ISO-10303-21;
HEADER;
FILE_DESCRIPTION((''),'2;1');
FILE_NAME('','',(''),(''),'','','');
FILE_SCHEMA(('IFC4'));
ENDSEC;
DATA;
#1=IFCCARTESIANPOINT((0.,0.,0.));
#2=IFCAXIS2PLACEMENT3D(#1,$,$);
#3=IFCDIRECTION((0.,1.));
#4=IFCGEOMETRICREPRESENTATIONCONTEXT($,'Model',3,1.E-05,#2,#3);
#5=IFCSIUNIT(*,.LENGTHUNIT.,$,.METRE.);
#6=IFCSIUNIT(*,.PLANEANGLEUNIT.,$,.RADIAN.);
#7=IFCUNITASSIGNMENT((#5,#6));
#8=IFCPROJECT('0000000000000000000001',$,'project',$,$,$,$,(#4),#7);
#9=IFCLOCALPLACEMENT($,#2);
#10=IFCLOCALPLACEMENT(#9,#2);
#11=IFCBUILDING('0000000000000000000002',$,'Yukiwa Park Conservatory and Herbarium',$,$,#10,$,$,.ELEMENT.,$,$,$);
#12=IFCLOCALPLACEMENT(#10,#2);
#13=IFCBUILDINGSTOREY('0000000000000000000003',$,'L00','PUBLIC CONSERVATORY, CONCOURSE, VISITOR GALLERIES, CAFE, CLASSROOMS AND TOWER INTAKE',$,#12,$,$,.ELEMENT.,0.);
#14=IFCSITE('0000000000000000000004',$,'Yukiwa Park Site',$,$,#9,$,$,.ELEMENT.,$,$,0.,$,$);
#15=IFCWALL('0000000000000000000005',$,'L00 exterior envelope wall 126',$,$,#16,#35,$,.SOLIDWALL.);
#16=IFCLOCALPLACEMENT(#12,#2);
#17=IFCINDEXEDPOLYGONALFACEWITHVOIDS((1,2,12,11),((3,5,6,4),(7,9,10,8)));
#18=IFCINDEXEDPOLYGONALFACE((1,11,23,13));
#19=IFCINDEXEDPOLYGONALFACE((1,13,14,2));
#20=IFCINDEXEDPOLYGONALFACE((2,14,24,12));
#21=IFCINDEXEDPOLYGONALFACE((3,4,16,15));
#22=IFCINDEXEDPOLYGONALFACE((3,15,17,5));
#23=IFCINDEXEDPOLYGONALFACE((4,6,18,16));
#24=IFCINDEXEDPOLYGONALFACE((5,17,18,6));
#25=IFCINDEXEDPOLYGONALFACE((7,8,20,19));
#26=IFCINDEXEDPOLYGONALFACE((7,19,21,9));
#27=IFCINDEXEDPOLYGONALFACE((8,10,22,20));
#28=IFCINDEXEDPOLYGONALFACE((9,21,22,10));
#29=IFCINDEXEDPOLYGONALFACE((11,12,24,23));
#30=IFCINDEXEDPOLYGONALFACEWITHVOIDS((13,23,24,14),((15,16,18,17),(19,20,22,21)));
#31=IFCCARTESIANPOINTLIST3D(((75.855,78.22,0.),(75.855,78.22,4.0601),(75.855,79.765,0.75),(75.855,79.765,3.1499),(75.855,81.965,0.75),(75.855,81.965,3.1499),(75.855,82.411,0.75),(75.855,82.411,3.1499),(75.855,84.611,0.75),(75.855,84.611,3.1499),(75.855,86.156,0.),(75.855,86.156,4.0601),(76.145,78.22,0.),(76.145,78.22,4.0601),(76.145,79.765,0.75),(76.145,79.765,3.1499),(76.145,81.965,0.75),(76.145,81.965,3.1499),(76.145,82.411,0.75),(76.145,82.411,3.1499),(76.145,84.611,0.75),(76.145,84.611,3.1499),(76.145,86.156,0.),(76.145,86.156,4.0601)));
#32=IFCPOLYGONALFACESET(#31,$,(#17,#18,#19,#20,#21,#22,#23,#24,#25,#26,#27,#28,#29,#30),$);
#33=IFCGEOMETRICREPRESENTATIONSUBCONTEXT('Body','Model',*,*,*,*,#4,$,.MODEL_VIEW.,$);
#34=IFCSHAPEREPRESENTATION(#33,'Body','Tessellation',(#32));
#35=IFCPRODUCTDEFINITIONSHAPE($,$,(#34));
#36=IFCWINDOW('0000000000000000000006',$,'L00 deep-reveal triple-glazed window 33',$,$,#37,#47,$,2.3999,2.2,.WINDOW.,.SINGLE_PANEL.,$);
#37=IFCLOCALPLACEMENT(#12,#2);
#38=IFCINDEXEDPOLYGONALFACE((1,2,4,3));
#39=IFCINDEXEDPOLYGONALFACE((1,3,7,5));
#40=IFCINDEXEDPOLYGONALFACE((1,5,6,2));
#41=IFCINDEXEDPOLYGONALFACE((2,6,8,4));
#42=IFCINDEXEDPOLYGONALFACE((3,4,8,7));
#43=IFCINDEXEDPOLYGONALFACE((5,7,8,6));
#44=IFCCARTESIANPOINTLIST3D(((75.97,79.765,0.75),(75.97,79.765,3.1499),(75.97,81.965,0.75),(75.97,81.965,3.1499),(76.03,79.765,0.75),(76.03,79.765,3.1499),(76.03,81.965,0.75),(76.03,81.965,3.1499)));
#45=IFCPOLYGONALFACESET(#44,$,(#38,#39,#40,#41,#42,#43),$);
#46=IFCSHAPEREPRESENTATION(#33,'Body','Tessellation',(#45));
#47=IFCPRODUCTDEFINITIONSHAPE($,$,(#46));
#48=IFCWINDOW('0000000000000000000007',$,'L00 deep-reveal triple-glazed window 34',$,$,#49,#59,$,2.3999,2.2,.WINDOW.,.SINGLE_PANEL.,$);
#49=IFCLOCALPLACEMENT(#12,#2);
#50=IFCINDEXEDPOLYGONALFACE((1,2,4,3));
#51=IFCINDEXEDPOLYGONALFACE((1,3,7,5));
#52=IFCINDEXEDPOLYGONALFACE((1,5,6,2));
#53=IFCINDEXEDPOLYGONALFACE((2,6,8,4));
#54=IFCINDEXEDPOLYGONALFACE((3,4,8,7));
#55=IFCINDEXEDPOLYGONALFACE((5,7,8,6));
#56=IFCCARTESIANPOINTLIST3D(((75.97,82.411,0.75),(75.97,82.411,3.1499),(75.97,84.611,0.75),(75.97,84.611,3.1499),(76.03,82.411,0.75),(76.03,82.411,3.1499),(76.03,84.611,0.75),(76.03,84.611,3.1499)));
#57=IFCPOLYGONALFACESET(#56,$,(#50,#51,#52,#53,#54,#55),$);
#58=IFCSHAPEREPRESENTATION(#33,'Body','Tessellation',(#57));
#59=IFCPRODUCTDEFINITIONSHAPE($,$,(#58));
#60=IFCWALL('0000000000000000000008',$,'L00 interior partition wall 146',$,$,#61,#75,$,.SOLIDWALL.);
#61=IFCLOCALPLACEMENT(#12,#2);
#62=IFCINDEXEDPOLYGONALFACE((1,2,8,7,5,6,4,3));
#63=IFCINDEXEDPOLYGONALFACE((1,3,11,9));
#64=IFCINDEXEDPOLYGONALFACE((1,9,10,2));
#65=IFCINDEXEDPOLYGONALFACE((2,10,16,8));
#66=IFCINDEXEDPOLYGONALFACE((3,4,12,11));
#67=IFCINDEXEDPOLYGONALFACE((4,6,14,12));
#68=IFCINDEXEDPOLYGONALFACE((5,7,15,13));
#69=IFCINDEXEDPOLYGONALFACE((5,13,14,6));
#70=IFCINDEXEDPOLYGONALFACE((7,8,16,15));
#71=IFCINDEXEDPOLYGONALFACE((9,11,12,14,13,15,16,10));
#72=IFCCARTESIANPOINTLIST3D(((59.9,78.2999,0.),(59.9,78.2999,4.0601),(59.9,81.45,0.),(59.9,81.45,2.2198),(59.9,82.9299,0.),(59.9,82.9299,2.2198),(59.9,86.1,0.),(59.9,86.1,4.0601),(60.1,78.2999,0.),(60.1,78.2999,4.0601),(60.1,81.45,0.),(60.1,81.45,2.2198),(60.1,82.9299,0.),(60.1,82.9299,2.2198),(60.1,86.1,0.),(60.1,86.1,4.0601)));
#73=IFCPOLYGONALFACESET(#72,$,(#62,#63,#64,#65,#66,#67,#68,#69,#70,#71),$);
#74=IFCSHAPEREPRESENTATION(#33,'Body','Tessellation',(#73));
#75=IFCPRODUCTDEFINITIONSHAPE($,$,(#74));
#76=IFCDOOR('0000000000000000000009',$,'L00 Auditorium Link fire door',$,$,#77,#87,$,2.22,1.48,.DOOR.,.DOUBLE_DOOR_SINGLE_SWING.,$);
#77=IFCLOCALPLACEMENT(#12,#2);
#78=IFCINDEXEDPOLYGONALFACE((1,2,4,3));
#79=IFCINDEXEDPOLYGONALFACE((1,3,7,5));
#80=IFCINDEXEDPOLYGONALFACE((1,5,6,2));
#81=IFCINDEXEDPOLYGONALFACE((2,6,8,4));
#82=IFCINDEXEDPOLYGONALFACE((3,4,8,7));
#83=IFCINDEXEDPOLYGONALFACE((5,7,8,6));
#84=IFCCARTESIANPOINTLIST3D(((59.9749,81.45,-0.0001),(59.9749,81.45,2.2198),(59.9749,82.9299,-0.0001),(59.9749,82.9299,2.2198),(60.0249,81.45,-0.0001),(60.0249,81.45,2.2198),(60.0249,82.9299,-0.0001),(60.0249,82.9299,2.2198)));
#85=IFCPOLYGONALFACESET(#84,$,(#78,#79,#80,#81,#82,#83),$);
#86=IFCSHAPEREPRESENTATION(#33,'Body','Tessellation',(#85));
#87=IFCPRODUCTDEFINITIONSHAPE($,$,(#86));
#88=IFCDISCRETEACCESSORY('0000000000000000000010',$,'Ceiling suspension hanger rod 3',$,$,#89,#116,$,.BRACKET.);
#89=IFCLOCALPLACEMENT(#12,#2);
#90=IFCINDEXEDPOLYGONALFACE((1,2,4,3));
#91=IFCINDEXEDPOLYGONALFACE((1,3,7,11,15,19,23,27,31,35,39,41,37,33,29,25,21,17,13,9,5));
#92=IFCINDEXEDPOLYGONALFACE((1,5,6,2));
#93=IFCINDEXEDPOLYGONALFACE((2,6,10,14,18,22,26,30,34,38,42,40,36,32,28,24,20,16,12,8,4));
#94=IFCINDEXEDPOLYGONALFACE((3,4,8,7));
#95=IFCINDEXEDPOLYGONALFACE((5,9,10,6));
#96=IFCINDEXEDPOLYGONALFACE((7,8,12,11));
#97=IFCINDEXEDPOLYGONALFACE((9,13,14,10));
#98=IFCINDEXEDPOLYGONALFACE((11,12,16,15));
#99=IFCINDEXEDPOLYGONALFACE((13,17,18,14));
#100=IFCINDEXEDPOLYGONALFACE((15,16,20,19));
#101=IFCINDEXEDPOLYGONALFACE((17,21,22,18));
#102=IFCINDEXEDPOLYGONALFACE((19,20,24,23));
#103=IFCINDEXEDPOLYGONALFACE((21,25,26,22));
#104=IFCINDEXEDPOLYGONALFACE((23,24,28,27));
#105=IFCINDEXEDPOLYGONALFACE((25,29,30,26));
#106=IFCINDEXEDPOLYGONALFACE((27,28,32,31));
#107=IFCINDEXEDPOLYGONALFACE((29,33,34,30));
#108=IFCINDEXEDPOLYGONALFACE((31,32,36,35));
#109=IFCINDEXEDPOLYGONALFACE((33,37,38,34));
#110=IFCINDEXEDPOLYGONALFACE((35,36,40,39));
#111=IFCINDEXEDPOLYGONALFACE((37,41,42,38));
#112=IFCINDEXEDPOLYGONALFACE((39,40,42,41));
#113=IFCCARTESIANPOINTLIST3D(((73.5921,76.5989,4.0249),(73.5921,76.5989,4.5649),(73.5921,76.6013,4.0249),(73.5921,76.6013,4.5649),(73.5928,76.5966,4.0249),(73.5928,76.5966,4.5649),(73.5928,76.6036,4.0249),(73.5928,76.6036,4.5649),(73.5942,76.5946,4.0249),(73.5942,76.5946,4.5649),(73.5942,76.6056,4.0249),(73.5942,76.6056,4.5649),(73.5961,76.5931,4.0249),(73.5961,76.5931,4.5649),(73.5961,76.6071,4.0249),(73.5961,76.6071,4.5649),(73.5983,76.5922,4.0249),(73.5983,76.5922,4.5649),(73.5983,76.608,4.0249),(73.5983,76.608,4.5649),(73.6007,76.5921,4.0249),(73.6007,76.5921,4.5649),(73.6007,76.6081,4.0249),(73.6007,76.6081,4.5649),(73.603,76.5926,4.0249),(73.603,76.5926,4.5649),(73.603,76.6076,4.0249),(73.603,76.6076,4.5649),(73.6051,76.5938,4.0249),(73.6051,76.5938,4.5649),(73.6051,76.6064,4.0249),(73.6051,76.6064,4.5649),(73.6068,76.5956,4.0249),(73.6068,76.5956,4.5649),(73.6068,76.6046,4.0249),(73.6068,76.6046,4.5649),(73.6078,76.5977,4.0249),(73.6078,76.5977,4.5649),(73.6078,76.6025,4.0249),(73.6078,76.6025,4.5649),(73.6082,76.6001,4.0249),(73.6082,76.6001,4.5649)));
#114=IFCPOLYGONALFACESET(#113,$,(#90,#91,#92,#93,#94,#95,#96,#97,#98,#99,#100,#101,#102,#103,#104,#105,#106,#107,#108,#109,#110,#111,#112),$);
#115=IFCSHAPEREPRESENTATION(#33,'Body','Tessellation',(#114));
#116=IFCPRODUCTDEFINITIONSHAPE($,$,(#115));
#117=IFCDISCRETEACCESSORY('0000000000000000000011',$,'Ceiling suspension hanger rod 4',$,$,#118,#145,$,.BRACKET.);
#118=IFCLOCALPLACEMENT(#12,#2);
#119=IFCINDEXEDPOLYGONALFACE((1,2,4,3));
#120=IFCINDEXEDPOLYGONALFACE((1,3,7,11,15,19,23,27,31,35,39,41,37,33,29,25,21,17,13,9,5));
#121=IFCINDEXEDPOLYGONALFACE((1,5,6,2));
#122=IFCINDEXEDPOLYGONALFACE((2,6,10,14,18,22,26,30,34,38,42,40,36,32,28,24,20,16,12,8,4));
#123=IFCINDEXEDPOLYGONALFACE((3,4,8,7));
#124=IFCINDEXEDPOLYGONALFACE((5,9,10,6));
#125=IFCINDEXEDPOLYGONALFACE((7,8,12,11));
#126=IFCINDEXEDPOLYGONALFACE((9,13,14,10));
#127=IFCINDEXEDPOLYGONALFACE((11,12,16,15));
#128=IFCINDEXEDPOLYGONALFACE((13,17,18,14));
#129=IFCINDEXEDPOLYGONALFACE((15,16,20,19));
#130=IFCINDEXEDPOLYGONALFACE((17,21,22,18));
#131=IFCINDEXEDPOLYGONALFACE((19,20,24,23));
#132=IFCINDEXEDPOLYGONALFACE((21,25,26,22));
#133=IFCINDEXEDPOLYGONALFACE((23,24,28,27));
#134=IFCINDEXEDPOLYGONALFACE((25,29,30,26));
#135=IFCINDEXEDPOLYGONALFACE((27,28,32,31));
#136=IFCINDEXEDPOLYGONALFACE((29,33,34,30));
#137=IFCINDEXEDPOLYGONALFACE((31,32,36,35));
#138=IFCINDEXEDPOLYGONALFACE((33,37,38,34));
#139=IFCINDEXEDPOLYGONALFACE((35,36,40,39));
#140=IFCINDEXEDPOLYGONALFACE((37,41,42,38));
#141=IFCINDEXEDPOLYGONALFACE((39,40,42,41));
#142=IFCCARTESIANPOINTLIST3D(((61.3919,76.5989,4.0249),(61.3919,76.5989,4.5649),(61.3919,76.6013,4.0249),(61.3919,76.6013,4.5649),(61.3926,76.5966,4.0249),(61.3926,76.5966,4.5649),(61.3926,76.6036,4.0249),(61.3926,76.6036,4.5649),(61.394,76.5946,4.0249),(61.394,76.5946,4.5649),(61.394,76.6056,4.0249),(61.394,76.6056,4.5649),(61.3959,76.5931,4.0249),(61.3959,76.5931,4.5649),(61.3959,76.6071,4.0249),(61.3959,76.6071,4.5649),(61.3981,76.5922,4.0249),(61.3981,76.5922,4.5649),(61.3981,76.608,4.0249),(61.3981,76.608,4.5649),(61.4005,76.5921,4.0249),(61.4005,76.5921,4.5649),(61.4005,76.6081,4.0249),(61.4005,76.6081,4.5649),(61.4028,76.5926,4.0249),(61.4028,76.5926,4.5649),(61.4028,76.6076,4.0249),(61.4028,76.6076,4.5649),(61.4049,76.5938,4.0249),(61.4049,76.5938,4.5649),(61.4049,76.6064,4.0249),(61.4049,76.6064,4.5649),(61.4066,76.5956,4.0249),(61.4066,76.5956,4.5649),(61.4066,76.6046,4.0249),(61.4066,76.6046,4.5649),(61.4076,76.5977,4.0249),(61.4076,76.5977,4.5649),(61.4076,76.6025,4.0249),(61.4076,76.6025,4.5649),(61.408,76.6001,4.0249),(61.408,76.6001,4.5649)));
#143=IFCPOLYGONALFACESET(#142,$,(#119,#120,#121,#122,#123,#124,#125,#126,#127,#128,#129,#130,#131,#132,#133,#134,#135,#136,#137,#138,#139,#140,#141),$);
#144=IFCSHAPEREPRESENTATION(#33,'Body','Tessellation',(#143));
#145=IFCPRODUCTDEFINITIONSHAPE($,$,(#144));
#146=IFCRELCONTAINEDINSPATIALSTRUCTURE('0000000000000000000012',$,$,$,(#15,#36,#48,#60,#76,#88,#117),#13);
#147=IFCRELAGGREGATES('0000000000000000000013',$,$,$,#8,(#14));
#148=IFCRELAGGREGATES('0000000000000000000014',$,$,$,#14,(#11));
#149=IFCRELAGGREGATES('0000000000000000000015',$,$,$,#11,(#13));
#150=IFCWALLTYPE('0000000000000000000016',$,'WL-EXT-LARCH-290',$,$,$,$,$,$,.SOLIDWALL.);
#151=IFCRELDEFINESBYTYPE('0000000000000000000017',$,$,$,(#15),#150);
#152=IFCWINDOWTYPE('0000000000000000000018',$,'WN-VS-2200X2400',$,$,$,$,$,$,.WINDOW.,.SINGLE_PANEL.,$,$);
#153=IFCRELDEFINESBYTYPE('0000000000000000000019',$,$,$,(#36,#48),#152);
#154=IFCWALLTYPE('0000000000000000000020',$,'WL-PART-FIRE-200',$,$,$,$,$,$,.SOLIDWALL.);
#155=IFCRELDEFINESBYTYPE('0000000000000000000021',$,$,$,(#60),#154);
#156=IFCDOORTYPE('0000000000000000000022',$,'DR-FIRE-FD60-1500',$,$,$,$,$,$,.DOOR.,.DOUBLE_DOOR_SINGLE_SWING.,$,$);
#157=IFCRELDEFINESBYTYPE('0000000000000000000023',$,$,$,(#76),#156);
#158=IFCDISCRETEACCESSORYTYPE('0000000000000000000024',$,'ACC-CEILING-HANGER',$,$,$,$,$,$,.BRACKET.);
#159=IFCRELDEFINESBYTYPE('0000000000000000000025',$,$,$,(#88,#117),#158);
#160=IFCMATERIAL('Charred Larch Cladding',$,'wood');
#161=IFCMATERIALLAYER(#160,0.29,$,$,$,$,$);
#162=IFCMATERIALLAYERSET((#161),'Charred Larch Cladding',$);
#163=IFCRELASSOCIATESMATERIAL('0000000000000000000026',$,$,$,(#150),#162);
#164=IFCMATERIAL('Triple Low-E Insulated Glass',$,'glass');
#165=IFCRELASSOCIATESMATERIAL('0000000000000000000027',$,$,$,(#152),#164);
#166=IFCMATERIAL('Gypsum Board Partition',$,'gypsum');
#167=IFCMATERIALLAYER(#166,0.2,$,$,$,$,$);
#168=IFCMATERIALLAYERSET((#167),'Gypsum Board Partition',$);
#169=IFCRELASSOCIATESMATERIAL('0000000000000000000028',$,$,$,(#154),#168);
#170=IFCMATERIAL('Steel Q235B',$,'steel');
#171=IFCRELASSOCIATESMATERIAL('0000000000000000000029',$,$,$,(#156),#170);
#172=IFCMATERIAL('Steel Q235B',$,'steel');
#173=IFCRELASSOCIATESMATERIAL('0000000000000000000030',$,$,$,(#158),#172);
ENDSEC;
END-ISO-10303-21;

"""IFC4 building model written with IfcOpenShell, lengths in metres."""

from ifc_helpers import new_model, si_unit, direction, frame, frame_2d, origin, origin_2d, place, context, subcontext, project, spatial, rectangle, circle, extrude, material, layer, layer_set, type_object, element, fill, save


model = new_model("IFC4")

# Units and contexts
model_context = context("Model", 3, precision=1e-05, world=origin(), true_north=direction((0.0, 1.0)))
body_context = subcontext(model_context, "Body", "Model", "MODEL_VIEW")
ifc_project = project(units=[si_unit("LENGTHUNIT", "METRE"), si_unit("PLANEANGLEUNIT", "RADIAN")], contexts=[model_context])

# Site, building, storey
site_placement = place(None, origin())
site = spatial("IfcSite", under=ifc_project, at=site_placement, Name="Yukiwa Park Site", CompositionType="ELEMENT", RefElevation=0.0)
building_placement = place(site_placement, origin())
building = spatial("IfcBuilding", under=site, at=building_placement, Name="Yukiwa Park Conservatory and Herbarium", CompositionType="ELEMENT")
storey_placement = place(building_placement, origin())
storey = spatial("IfcBuildingStorey", under=building, at=storey_placement, Name="L00", Description="PUBLIC CONSERVATORY, CONCOURSE, VISITOR GALLERIES, CAFE, CLASSROOMS AND TOWER INTAKE", CompositionType="ELEMENT", Elevation=0.0)

# Wall, openings, windows
ifc_material_1 = material(Name="Charred Larch Cladding", Category="wood")
ifc_layer_1 = layer(ifc_material_1, 0.29)
ifc_layer_set_1 = layer_set([ifc_layer_1], Name="Charred Larch Cladding")
wall_type_1 = type_object("IfcWallType", Name="WL-EXT-LARCH-290", PredefinedType="SOLIDWALL", material=ifc_layer_set_1)
wall_1_placement = place(storey_placement, frame((76.0, 78.22, 0.0), z_axis=(0.0, 0.0, 1.0), x_axis=(0.0, 1.0, 0.0)))
wall_1 = element("IfcWall", 1, at=wall_1_placement, inside=storey, type_object=wall_type_1, Name="L00 exterior envelope wall 126", PredefinedType="SOLIDWALL", context=body_context, shape_type="SweptSolid", body=[
    extrude(rectangle(XDim=7.936, YDim=0.29, at=frame_2d((3.968, 0.0))), origin(), (0.0, 0.0, 1.0), 4.0601),
])
opening_1_placement = place(wall_1_placement, frame((1.5449, 0.0, 0.75)))
opening_1 = element("IfcOpeningElement", 2, at=opening_1_placement, cuts=wall_1, PredefinedType="OPENING", context=body_context, shape_type="SweptSolid", body=[
    extrude(rectangle(XDim=2.2, YDim=2.3999, at=frame_2d((1.1001, 1.2))), frame((0.0, 0.155, 0.0), z_axis=(0.0, -1.0, 0.0), x_axis=(1.0, 0.0, 0.0)), (0.0, 0.0, 1.0), 0.3101),
])
opening_2_placement = place(wall_1_placement, frame((4.1909, 0.0, 0.75)))
opening_2 = element("IfcOpeningElement", 3, at=opening_2_placement, cuts=wall_1, PredefinedType="OPENING", context=body_context, shape_type="SweptSolid", body=[
    extrude(rectangle(XDim=2.2, YDim=2.3999, at=frame_2d((1.1001, 1.2))), frame((0.0, 0.155, 0.0), z_axis=(0.0, -1.0, 0.0), x_axis=(1.0, 0.0, 0.0)), (0.0, 0.0, 1.0), 0.3101),
])
ifc_material_2 = material(Name="Triple Low-E Insulated Glass", Category="glass")
window_type = type_object("IfcWindowType", Name="WN-VS-2200X2400", PartitioningType="SINGLE_PANEL", PredefinedType="WINDOW", material=ifc_material_2)
window_1_placement = place(opening_1_placement, origin())
window_1 = element("IfcWindow", 4, at=window_1_placement, inside=storey, type_object=window_type, Name="L00 deep-reveal triple-glazed window 33", OverallHeight=2.3999, OverallWidth=2.2, PartitioningType="SINGLE_PANEL", PredefinedType="WINDOW", context=body_context, shape_type="SweptSolid", body=[
    extrude(rectangle(XDim=2.2, YDim=2.3999, at=frame_2d((1.1001, 1.2))), frame((0.0, 0.03, 0.0), z_axis=(0.0, -1.0, 0.0), x_axis=(1.0, 0.0, 0.0)), (0.0, 0.0, 1.0), 0.0601),
])
fill(opening_1, window_1)
window_2_placement = place(opening_2_placement, origin())
window_2 = element("IfcWindow", 5, at=window_2_placement, inside=storey, type_object=window_type, Name="L00 deep-reveal triple-glazed window 34", OverallHeight=2.3999, OverallWidth=2.2, PartitioningType="SINGLE_PANEL", PredefinedType="WINDOW", context=body_context, shape_type="SweptSolid", body=[
    extrude(rectangle(XDim=2.2, YDim=2.3999, at=frame_2d((1.1001, 1.2))), frame((0.0, 0.03, 0.0), z_axis=(0.0, -1.0, 0.0), x_axis=(1.0, 0.0, 0.0)), (0.0, 0.0, 1.0), 0.0601),
])
fill(opening_2, window_2)

# Wall, opening, door
ifc_material_3 = material(Name="Gypsum Board Partition", Category="gypsum")
ifc_layer_2 = layer(ifc_material_3, 0.2)
ifc_layer_set_2 = layer_set([ifc_layer_2], Name="Gypsum Board Partition")
wall_type_2 = type_object("IfcWallType", Name="WL-PART-FIRE-200", PredefinedType="SOLIDWALL", material=ifc_layer_set_2)
wall_2_placement = place(storey_placement, frame((60.0, 78.3, 0.0), z_axis=(0.0, 0.0, 1.0), x_axis=(0.0, 1.0, 0.0)))
wall_2 = element("IfcWall", 6, at=wall_2_placement, inside=storey, type_object=wall_type_2, Name="L00 interior partition wall 146", PredefinedType="SOLIDWALL", context=body_context, shape_type="SweptSolid", body=[
    extrude(rectangle(XDim=7.8, YDim=0.2, at=frame_2d((3.8999, 0.0))), origin(), (0.0, 0.0, 1.0), 4.0601),
])
opening_3_placement = place(wall_2_placement, frame((3.1499, 0.0, 0.0)))
opening_3 = element("IfcOpeningElement", 7, at=opening_3_placement, cuts=wall_2, PredefinedType="OPENING", context=body_context, shape_type="SweptSolid", body=[
    extrude(rectangle(XDim=1.48, YDim=2.22, at=frame_2d((0.74, 1.1099))), frame((0.0, 0.1099, 0.0), z_axis=(0.0, -1.0, 0.0), x_axis=(1.0, 0.0, 0.0)), (0.0, 0.0, 1.0), 0.22),
])
ifc_material_4 = material(Name="Steel Q235B", Category="steel")
door_type = type_object("IfcDoorType", Name="DR-FIRE-FD60-1500", OperationType="DOUBLE_DOOR_SINGLE_SWING", PredefinedType="DOOR", material=ifc_material_4)
door_placement = place(opening_3_placement, frame((1.48, 0.0, 0.0), z_axis=(0.0, 0.0, 1.0), x_axis=(-1.0, 0.0, 0.0)))
door = element("IfcDoor", 8, at=door_placement, inside=storey, type_object=door_type, Name="L00 Auditorium Link fire door", OperationType="DOUBLE_DOOR_SINGLE_SWING", OverallHeight=2.22, OverallWidth=1.48, PredefinedType="DOOR", context=body_context, shape_type="SweptSolid", body=[
    extrude(rectangle(XDim=1.48, YDim=2.22, at=frame_2d((0.74, 1.1099))), frame((0.0, 0.0249, 0.0), z_axis=(0.0, -1.0, 0.0), x_axis=(1.0, 0.0, 0.0)), (0.0, 0.0, 1.0), 0.05),
])
fill(opening_3, door)

# Discrete accessories
ifc_material_5 = material(Name="Steel Q235B", Category="steel")
discrete_accessory_type = type_object("IfcDiscreteAccessoryType", Name="ACC-CEILING-HANGER", PredefinedType="BRACKET", material=ifc_material_5)
for number, where, z_axis, x_axis, name in (
    (9, (73.6001, 76.6001, 4.0249), (0.0, 0.0, 1.0), (1.0, 0.0, 0.0), "Ceiling suspension hanger rod 3"),
    (10, (61.3999, 76.6001, 4.0249), (0.0, 0.0, 1.0), (1.0, 0.0, 0.0), "Ceiling suspension hanger rod 4"),
):
    element("IfcDiscreteAccessory", number, at=place(storey_placement, frame(where, z_axis=z_axis, x_axis=x_axis)), inside=storey, type_object=discrete_accessory_type, Name=name, PredefinedType="BRACKET", context=body_context, shape_type="SweptSolid", body=[
        extrude(circle(Radius=0.0081, at=origin_2d()), origin(), (0.0, 0.0, 1.0), 0.54),
    ])

save(model, "model.ifc")
